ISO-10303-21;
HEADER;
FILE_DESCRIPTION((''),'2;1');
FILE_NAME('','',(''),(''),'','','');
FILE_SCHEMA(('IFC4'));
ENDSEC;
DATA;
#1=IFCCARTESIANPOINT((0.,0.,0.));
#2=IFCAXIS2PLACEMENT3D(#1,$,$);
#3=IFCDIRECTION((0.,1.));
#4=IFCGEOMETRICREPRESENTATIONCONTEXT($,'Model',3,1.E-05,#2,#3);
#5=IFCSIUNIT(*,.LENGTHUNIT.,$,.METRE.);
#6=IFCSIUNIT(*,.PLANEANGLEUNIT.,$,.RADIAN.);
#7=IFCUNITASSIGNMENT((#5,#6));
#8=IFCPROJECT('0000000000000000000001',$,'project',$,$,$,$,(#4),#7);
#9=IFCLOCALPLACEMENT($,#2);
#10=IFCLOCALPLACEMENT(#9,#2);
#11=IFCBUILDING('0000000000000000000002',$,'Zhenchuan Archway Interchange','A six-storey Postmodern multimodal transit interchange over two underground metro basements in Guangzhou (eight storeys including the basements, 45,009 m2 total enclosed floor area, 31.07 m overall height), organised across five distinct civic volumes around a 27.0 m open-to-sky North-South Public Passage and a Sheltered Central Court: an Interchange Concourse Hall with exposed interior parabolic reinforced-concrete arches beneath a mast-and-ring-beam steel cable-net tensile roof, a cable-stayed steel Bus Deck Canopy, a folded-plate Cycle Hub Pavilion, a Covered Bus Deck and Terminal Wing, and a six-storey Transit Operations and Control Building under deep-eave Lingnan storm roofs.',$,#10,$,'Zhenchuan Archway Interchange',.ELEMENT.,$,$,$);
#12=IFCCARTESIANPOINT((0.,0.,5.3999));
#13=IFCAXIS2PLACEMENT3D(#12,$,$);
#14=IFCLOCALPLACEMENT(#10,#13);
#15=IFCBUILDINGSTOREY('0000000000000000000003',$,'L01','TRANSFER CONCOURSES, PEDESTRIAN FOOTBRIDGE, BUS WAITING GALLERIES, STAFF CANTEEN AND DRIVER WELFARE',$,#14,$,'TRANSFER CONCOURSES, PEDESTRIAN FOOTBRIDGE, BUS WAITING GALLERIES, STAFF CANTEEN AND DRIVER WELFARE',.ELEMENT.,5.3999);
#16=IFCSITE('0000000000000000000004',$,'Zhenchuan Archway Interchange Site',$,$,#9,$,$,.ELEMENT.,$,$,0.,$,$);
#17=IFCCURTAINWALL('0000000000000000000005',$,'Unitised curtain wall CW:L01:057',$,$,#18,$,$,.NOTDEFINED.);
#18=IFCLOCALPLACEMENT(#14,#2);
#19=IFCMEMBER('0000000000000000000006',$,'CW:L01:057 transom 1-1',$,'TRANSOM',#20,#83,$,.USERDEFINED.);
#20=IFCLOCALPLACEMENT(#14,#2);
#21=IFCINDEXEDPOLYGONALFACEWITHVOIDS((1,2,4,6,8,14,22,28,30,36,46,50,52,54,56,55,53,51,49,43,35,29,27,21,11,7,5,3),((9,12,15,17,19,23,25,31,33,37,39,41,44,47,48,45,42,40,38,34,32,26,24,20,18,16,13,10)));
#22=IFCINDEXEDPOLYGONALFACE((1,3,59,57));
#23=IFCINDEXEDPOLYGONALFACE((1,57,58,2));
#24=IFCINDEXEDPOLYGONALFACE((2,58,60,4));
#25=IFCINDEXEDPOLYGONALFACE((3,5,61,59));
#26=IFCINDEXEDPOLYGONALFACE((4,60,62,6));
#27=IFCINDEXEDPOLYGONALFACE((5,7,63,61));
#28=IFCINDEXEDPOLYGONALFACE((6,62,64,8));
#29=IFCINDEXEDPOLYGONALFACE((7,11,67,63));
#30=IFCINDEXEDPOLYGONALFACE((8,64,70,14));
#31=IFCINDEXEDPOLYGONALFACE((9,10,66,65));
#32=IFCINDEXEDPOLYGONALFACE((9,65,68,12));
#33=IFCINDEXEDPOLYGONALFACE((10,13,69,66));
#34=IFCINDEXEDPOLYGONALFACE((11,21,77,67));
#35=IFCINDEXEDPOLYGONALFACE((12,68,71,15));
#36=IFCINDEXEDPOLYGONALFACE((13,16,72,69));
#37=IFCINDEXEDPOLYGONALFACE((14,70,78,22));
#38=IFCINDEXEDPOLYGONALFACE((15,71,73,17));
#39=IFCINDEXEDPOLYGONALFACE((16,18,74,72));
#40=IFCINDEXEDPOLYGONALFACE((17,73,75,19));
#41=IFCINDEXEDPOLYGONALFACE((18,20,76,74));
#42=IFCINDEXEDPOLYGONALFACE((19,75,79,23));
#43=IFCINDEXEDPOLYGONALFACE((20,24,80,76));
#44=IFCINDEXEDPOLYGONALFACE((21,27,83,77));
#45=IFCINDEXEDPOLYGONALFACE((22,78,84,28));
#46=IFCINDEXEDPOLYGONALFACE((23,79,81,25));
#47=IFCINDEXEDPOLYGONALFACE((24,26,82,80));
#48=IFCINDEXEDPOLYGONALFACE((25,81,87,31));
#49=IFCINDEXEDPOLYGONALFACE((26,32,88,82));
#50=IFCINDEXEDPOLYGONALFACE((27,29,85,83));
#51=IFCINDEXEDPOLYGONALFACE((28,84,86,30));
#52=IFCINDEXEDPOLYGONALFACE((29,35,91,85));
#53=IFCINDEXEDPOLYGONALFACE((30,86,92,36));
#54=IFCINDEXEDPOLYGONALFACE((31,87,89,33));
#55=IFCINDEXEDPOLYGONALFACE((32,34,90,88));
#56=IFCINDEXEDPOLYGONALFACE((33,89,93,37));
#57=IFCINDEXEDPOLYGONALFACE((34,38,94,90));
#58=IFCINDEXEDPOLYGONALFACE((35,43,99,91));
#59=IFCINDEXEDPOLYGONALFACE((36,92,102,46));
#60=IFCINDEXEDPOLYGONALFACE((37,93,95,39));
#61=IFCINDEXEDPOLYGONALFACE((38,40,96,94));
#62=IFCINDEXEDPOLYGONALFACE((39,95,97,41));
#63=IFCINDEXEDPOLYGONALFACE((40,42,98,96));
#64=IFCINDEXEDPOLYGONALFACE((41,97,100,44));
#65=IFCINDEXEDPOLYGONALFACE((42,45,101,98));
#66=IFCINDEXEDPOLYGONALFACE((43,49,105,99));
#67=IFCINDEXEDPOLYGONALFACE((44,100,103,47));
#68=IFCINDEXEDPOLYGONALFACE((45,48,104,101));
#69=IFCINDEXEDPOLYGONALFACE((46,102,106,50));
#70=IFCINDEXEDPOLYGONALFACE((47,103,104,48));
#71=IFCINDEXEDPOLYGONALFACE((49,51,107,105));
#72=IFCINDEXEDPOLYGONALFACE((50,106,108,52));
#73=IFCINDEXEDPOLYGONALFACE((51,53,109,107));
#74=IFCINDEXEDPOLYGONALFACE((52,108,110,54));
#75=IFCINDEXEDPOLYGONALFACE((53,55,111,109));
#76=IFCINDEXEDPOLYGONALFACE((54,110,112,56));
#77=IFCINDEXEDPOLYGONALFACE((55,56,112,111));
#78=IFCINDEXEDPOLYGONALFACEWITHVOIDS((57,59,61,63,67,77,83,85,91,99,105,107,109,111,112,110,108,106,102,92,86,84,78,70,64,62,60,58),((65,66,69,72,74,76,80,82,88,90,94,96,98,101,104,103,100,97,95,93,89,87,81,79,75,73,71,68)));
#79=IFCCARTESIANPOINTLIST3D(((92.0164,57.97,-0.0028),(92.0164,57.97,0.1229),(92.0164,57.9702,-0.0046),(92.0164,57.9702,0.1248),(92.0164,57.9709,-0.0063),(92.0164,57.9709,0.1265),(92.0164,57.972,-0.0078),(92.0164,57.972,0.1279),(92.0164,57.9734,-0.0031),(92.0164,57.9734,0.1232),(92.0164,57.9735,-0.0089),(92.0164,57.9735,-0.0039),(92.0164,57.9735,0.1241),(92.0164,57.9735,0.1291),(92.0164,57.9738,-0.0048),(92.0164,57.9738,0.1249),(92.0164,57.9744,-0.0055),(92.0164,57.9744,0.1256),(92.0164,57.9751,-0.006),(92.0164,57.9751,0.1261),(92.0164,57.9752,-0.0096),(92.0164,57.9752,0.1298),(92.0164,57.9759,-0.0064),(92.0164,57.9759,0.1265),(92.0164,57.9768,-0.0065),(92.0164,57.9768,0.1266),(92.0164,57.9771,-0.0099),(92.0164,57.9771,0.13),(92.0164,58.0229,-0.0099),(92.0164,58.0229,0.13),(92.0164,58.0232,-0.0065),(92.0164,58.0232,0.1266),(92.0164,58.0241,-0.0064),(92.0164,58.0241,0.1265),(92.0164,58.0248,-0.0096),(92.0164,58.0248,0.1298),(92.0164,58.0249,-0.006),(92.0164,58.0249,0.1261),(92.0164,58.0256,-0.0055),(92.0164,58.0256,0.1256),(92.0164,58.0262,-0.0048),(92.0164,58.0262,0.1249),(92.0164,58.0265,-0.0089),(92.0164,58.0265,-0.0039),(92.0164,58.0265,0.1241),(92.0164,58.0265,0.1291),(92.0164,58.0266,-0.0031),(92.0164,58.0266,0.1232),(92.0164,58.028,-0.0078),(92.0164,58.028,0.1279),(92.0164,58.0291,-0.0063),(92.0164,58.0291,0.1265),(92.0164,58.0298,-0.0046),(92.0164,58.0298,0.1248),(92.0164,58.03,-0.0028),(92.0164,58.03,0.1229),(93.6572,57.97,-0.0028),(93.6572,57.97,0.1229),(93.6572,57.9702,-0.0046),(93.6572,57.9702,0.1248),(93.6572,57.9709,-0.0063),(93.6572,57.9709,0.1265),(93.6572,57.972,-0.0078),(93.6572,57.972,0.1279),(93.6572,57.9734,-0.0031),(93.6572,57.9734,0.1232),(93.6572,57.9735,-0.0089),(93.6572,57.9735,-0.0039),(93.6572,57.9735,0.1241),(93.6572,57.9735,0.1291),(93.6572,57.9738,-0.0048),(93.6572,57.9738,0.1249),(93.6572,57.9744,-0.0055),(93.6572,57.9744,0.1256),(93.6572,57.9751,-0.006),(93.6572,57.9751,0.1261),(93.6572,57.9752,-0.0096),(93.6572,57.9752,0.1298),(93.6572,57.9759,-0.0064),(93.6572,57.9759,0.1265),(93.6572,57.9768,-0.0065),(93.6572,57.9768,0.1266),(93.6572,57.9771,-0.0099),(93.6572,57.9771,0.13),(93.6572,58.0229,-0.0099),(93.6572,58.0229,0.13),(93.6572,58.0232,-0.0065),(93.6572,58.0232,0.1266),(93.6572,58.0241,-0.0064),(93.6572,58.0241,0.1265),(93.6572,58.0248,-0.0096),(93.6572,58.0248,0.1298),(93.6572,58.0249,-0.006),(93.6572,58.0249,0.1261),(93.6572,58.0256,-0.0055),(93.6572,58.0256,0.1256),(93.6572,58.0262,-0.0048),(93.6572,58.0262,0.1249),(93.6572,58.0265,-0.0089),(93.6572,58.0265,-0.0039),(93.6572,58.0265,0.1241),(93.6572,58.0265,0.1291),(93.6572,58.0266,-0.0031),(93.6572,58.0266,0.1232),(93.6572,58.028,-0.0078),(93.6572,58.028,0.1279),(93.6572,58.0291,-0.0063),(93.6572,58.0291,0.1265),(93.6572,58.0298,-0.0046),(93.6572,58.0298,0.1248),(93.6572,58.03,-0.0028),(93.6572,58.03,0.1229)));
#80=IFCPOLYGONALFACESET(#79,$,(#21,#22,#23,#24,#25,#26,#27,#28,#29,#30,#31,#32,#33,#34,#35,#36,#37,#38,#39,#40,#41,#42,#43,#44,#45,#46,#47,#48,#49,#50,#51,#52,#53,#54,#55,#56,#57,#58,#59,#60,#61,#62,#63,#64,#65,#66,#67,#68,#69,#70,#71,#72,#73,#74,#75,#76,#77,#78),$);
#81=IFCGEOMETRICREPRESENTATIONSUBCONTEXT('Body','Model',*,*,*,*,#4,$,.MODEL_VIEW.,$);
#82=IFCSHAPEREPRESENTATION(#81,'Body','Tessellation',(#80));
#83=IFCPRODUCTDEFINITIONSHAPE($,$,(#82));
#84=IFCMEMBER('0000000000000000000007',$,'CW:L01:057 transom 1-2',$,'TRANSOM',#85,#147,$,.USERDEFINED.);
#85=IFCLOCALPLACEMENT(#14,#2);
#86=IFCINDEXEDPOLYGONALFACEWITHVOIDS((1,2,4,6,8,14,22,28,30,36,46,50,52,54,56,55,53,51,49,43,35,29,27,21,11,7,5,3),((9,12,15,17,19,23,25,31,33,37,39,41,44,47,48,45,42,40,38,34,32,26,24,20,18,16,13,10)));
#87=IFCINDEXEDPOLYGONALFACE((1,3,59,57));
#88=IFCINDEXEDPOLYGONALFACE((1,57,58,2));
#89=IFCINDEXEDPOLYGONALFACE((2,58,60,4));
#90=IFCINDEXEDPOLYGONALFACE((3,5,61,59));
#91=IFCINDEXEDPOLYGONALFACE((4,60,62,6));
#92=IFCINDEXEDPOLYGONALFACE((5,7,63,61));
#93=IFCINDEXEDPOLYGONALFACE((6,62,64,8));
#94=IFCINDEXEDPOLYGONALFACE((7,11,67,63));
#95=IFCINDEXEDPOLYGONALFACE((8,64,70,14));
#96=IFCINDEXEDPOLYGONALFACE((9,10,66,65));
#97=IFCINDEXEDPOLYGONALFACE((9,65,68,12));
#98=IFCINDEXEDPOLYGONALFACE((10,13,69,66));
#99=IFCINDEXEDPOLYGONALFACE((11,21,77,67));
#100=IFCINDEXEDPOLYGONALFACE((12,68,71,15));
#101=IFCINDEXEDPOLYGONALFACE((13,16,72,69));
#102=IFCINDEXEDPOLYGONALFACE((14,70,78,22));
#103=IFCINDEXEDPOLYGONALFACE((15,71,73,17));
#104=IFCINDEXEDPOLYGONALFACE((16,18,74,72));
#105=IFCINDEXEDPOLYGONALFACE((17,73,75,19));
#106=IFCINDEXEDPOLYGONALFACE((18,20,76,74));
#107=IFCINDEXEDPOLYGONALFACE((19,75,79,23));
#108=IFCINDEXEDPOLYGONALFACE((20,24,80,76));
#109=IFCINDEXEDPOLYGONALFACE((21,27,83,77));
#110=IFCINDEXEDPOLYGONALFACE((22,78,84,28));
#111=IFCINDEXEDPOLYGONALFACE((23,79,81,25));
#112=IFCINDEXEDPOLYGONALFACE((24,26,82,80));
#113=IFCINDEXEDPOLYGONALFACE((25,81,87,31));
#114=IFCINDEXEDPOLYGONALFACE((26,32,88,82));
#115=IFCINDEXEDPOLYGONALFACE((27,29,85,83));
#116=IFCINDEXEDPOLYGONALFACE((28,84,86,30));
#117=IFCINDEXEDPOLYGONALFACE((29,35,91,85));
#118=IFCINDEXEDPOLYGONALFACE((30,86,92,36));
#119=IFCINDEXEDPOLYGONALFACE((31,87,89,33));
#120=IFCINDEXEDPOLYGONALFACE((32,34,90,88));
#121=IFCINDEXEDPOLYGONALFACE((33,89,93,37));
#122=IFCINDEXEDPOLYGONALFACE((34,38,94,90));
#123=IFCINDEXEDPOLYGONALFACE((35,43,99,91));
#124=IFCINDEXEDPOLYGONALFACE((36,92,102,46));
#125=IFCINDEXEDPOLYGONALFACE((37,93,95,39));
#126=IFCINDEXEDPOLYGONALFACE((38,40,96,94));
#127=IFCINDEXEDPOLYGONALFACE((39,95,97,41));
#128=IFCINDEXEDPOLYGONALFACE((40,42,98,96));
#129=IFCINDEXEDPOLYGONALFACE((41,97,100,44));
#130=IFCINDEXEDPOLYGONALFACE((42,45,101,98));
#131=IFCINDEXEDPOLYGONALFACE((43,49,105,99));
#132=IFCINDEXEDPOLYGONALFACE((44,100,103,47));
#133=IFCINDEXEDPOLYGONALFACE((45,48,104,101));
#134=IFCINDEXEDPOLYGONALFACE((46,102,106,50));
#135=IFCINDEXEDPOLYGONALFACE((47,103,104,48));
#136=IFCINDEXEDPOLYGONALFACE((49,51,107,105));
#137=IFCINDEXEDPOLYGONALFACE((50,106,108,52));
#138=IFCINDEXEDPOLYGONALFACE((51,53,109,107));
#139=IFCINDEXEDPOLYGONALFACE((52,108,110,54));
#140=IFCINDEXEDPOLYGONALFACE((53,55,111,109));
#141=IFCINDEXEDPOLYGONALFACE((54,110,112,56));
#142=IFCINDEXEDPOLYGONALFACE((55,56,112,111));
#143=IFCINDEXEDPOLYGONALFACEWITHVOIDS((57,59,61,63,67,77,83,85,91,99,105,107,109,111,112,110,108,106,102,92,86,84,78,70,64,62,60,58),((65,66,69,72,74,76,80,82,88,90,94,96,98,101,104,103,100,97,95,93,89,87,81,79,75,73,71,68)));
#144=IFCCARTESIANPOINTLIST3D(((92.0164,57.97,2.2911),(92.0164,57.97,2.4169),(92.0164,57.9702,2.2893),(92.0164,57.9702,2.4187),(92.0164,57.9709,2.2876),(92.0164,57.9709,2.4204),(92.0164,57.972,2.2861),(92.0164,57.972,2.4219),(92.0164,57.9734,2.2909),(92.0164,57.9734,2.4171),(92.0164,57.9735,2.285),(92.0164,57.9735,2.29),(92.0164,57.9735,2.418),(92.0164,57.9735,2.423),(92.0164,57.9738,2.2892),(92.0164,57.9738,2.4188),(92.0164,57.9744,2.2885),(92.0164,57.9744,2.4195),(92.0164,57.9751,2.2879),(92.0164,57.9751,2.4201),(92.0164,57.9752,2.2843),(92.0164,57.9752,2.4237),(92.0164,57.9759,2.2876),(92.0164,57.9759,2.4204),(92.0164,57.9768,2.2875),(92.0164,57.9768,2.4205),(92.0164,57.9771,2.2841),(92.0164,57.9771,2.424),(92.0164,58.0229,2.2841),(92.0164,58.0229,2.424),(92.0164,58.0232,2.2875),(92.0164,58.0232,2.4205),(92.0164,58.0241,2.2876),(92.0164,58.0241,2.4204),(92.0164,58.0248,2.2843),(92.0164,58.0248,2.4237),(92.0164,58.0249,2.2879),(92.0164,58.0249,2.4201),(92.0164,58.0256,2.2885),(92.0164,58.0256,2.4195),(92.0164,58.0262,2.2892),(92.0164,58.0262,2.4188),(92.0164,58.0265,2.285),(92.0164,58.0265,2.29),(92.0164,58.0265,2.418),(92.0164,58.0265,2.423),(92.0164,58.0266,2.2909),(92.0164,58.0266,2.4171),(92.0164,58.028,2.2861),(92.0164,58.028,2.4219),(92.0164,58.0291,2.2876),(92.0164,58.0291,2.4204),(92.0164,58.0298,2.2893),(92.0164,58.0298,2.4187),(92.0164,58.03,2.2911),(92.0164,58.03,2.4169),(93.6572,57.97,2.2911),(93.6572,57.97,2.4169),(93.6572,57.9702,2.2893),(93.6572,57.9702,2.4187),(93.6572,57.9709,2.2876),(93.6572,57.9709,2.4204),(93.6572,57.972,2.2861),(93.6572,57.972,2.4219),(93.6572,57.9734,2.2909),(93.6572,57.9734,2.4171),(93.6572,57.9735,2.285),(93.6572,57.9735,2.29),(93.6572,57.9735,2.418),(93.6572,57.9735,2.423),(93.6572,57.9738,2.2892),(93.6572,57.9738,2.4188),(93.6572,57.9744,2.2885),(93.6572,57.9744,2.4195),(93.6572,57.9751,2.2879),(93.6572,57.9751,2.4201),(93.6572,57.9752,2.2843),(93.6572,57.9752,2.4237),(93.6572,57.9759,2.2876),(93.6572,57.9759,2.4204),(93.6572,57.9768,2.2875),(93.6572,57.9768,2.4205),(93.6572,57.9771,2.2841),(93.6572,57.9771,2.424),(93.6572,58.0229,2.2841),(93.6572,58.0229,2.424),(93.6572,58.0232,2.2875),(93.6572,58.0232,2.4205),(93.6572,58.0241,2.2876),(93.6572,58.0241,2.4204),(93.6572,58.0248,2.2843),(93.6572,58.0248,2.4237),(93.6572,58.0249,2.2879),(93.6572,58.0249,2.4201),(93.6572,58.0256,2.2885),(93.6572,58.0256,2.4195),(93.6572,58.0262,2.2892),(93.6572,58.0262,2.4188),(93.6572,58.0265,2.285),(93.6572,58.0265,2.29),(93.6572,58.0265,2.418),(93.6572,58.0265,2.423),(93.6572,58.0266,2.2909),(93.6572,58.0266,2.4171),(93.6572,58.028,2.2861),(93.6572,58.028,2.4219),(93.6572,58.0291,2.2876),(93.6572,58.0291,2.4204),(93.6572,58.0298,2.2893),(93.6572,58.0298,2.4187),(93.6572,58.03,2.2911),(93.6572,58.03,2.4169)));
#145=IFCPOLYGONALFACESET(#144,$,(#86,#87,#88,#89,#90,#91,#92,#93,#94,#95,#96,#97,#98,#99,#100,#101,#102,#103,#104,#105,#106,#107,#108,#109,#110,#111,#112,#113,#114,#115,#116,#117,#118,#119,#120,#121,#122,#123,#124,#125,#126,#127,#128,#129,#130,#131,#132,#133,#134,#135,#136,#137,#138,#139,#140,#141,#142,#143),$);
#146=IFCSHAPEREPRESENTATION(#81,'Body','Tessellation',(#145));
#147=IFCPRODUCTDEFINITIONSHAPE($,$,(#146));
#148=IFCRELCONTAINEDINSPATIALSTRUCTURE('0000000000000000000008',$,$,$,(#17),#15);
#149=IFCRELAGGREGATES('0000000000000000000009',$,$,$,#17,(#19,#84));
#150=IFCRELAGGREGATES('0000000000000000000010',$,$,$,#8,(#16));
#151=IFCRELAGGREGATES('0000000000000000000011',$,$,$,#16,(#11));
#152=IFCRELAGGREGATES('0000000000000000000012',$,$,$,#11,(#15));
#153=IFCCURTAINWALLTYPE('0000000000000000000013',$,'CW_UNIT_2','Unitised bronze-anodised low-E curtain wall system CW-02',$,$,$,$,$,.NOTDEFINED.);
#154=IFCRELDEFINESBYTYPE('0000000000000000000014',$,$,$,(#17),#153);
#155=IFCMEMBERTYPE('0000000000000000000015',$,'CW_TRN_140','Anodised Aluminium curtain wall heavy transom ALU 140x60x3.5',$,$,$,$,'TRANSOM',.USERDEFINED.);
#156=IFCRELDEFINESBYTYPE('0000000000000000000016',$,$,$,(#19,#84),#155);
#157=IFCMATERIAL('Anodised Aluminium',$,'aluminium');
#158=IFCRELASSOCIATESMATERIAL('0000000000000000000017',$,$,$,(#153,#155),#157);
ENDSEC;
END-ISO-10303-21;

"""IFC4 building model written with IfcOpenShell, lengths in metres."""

from ifc_helpers import new_model, si_unit, direction, frame, origin, origin_2d, place, context, subcontext, project, spatial, hollow_rectangle, extrude, material, material_profile, profile_set, type_object, element, aggregate, save


model = new_model("IFC4")

# Units and contexts
model_context = context("Model", 3, precision=1e-05, world=origin(), true_north=direction((0.0, 1.0)))
body_context = subcontext(model_context, "Body", "Model", "MODEL_VIEW")
ifc_project = project(units=[si_unit("LENGTHUNIT", "METRE"), si_unit("PLANEANGLEUNIT", "RADIAN")], contexts=[model_context])

# Site, building, storey
site_placement = place(None, origin())
site = spatial("IfcSite", under=ifc_project, at=site_placement, Name="Zhenchuan Archway Interchange Site", CompositionType="ELEMENT", RefElevation=0.0)
building_placement = place(site_placement, origin())
building = spatial("IfcBuilding", under=site, at=building_placement, Name="Zhenchuan Archway Interchange", Description="A six-storey Postmodern multimodal transit interchange over two underground metro basements in Guangzhou (eight storeys including the basements, 45,009 m2 total enclosed floor area, 31.07 m overall height), organised across five distinct civic volumes around a 27.0 m open-to-sky North-South Public Passage and a Sheltered Central Court: an Interchange Concourse Hall with exposed interior parabolic reinforced-concrete arches beneath a mast-and-ring-beam steel cable-net tensile roof, a cable-stayed steel Bus Deck Canopy, a folded-plate Cycle Hub Pavilion, a Covered Bus Deck and Terminal Wing, and a six-storey Transit Operations and Control Building under deep-eave Lingnan storm roofs.", LongName="Zhenchuan Archway Interchange", CompositionType="ELEMENT")
storey_placement = place(building_placement, frame((0.0, 0.0, 5.3999)))
storey = spatial("IfcBuildingStorey", under=building, at=storey_placement, Name="L01", Description="TRANSFER CONCOURSES, PEDESTRIAN FOOTBRIDGE, BUS WAITING GALLERIES, STAFF CANTEEN AND DRIVER WELFARE", LongName="TRANSFER CONCOURSES, PEDESTRIAN FOOTBRIDGE, BUS WAITING GALLERIES, STAFF CANTEEN AND DRIVER WELFARE", CompositionType="ELEMENT", Elevation=5.3999)

# Shared definitions
ifc_material_1 = material(Name="Anodised Aluminium", Category="aluminium")

# Curtain wall
curtain_wall_type_1 = type_object("IfcCurtainWallType", Name="CW_UNIT_2", Description="Unitised bronze-anodised low-E curtain wall system CW-02", PredefinedType="NOTDEFINED", material=ifc_material_1)
curtain_wall_1_placement = place(storey_placement, origin())
curtain_wall_1 = element("IfcCurtainWall", 1, at=curtain_wall_1_placement, inside=storey, type_object=curtain_wall_type_1, Name="Unitised curtain wall CW:L01:057", PredefinedType="NOTDEFINED")

# Members
ifc_material_profile_1 = material_profile(ifc_material_1, hollow_rectangle(XDim=0.0601, YDim=0.1399, WallThickness=0.0034, InnerFilletRadius=0.0034, OuterFilletRadius=0.0071, at=origin_2d()), Name="ALU 140x60x3.5")
ifc_profile_set_1 = profile_set([ifc_material_profile_1], Name="Anodised Aluminium")
member_type_1 = type_object("IfcMemberType", Name="CW_TRN_140", Description="Anodised Aluminium curtain wall heavy transom ALU 140x60x3.5", ElementType="TRANSOM", PredefinedType="USERDEFINED", material=ifc_profile_set_1)
member_1_placement = place(storey_placement, frame((92.0164, 58.0, 0.0601), z_axis=(1.0, 0.0, 0.0), x_axis=(0.0, 1.0, 0.0)))
member_1 = element("IfcMember", 2, at=member_1_placement, type_object=member_type_1, Name="CW:L01:057 transom 1-1", ObjectType="TRANSOM", PredefinedType="USERDEFINED", context=body_context, shape_type="SweptSolid", body=[
    extrude(hollow_rectangle(XDim=0.0601, YDim=0.1399, WallThickness=0.0034, InnerFilletRadius=0.0034, OuterFilletRadius=0.0071, at=origin_2d()), origin(), (0.0, 0.0, 1.0), 1.6409),
])
member_2_placement = place(storey_placement, frame((92.0164, 58.0, 2.354), z_axis=(1.0, 0.0, 0.0), x_axis=(0.0, 1.0, 0.0)))
member_2 = element("IfcMember", 3, at=member_2_placement, type_object=member_type_1, Name="CW:L01:057 transom 1-2", ObjectType="TRANSOM", PredefinedType="USERDEFINED", context=body_context, shape_type="SweptSolid", body=[
    extrude(hollow_rectangle(XDim=0.0601, YDim=0.1399, WallThickness=0.0034, InnerFilletRadius=0.0034, OuterFilletRadius=0.0071, at=origin_2d()), origin(), (0.0, 0.0, 1.0), 1.6409),
])

aggregate(curtain_wall_1, [member_1, member_2])

save(model, "model.ifc")
